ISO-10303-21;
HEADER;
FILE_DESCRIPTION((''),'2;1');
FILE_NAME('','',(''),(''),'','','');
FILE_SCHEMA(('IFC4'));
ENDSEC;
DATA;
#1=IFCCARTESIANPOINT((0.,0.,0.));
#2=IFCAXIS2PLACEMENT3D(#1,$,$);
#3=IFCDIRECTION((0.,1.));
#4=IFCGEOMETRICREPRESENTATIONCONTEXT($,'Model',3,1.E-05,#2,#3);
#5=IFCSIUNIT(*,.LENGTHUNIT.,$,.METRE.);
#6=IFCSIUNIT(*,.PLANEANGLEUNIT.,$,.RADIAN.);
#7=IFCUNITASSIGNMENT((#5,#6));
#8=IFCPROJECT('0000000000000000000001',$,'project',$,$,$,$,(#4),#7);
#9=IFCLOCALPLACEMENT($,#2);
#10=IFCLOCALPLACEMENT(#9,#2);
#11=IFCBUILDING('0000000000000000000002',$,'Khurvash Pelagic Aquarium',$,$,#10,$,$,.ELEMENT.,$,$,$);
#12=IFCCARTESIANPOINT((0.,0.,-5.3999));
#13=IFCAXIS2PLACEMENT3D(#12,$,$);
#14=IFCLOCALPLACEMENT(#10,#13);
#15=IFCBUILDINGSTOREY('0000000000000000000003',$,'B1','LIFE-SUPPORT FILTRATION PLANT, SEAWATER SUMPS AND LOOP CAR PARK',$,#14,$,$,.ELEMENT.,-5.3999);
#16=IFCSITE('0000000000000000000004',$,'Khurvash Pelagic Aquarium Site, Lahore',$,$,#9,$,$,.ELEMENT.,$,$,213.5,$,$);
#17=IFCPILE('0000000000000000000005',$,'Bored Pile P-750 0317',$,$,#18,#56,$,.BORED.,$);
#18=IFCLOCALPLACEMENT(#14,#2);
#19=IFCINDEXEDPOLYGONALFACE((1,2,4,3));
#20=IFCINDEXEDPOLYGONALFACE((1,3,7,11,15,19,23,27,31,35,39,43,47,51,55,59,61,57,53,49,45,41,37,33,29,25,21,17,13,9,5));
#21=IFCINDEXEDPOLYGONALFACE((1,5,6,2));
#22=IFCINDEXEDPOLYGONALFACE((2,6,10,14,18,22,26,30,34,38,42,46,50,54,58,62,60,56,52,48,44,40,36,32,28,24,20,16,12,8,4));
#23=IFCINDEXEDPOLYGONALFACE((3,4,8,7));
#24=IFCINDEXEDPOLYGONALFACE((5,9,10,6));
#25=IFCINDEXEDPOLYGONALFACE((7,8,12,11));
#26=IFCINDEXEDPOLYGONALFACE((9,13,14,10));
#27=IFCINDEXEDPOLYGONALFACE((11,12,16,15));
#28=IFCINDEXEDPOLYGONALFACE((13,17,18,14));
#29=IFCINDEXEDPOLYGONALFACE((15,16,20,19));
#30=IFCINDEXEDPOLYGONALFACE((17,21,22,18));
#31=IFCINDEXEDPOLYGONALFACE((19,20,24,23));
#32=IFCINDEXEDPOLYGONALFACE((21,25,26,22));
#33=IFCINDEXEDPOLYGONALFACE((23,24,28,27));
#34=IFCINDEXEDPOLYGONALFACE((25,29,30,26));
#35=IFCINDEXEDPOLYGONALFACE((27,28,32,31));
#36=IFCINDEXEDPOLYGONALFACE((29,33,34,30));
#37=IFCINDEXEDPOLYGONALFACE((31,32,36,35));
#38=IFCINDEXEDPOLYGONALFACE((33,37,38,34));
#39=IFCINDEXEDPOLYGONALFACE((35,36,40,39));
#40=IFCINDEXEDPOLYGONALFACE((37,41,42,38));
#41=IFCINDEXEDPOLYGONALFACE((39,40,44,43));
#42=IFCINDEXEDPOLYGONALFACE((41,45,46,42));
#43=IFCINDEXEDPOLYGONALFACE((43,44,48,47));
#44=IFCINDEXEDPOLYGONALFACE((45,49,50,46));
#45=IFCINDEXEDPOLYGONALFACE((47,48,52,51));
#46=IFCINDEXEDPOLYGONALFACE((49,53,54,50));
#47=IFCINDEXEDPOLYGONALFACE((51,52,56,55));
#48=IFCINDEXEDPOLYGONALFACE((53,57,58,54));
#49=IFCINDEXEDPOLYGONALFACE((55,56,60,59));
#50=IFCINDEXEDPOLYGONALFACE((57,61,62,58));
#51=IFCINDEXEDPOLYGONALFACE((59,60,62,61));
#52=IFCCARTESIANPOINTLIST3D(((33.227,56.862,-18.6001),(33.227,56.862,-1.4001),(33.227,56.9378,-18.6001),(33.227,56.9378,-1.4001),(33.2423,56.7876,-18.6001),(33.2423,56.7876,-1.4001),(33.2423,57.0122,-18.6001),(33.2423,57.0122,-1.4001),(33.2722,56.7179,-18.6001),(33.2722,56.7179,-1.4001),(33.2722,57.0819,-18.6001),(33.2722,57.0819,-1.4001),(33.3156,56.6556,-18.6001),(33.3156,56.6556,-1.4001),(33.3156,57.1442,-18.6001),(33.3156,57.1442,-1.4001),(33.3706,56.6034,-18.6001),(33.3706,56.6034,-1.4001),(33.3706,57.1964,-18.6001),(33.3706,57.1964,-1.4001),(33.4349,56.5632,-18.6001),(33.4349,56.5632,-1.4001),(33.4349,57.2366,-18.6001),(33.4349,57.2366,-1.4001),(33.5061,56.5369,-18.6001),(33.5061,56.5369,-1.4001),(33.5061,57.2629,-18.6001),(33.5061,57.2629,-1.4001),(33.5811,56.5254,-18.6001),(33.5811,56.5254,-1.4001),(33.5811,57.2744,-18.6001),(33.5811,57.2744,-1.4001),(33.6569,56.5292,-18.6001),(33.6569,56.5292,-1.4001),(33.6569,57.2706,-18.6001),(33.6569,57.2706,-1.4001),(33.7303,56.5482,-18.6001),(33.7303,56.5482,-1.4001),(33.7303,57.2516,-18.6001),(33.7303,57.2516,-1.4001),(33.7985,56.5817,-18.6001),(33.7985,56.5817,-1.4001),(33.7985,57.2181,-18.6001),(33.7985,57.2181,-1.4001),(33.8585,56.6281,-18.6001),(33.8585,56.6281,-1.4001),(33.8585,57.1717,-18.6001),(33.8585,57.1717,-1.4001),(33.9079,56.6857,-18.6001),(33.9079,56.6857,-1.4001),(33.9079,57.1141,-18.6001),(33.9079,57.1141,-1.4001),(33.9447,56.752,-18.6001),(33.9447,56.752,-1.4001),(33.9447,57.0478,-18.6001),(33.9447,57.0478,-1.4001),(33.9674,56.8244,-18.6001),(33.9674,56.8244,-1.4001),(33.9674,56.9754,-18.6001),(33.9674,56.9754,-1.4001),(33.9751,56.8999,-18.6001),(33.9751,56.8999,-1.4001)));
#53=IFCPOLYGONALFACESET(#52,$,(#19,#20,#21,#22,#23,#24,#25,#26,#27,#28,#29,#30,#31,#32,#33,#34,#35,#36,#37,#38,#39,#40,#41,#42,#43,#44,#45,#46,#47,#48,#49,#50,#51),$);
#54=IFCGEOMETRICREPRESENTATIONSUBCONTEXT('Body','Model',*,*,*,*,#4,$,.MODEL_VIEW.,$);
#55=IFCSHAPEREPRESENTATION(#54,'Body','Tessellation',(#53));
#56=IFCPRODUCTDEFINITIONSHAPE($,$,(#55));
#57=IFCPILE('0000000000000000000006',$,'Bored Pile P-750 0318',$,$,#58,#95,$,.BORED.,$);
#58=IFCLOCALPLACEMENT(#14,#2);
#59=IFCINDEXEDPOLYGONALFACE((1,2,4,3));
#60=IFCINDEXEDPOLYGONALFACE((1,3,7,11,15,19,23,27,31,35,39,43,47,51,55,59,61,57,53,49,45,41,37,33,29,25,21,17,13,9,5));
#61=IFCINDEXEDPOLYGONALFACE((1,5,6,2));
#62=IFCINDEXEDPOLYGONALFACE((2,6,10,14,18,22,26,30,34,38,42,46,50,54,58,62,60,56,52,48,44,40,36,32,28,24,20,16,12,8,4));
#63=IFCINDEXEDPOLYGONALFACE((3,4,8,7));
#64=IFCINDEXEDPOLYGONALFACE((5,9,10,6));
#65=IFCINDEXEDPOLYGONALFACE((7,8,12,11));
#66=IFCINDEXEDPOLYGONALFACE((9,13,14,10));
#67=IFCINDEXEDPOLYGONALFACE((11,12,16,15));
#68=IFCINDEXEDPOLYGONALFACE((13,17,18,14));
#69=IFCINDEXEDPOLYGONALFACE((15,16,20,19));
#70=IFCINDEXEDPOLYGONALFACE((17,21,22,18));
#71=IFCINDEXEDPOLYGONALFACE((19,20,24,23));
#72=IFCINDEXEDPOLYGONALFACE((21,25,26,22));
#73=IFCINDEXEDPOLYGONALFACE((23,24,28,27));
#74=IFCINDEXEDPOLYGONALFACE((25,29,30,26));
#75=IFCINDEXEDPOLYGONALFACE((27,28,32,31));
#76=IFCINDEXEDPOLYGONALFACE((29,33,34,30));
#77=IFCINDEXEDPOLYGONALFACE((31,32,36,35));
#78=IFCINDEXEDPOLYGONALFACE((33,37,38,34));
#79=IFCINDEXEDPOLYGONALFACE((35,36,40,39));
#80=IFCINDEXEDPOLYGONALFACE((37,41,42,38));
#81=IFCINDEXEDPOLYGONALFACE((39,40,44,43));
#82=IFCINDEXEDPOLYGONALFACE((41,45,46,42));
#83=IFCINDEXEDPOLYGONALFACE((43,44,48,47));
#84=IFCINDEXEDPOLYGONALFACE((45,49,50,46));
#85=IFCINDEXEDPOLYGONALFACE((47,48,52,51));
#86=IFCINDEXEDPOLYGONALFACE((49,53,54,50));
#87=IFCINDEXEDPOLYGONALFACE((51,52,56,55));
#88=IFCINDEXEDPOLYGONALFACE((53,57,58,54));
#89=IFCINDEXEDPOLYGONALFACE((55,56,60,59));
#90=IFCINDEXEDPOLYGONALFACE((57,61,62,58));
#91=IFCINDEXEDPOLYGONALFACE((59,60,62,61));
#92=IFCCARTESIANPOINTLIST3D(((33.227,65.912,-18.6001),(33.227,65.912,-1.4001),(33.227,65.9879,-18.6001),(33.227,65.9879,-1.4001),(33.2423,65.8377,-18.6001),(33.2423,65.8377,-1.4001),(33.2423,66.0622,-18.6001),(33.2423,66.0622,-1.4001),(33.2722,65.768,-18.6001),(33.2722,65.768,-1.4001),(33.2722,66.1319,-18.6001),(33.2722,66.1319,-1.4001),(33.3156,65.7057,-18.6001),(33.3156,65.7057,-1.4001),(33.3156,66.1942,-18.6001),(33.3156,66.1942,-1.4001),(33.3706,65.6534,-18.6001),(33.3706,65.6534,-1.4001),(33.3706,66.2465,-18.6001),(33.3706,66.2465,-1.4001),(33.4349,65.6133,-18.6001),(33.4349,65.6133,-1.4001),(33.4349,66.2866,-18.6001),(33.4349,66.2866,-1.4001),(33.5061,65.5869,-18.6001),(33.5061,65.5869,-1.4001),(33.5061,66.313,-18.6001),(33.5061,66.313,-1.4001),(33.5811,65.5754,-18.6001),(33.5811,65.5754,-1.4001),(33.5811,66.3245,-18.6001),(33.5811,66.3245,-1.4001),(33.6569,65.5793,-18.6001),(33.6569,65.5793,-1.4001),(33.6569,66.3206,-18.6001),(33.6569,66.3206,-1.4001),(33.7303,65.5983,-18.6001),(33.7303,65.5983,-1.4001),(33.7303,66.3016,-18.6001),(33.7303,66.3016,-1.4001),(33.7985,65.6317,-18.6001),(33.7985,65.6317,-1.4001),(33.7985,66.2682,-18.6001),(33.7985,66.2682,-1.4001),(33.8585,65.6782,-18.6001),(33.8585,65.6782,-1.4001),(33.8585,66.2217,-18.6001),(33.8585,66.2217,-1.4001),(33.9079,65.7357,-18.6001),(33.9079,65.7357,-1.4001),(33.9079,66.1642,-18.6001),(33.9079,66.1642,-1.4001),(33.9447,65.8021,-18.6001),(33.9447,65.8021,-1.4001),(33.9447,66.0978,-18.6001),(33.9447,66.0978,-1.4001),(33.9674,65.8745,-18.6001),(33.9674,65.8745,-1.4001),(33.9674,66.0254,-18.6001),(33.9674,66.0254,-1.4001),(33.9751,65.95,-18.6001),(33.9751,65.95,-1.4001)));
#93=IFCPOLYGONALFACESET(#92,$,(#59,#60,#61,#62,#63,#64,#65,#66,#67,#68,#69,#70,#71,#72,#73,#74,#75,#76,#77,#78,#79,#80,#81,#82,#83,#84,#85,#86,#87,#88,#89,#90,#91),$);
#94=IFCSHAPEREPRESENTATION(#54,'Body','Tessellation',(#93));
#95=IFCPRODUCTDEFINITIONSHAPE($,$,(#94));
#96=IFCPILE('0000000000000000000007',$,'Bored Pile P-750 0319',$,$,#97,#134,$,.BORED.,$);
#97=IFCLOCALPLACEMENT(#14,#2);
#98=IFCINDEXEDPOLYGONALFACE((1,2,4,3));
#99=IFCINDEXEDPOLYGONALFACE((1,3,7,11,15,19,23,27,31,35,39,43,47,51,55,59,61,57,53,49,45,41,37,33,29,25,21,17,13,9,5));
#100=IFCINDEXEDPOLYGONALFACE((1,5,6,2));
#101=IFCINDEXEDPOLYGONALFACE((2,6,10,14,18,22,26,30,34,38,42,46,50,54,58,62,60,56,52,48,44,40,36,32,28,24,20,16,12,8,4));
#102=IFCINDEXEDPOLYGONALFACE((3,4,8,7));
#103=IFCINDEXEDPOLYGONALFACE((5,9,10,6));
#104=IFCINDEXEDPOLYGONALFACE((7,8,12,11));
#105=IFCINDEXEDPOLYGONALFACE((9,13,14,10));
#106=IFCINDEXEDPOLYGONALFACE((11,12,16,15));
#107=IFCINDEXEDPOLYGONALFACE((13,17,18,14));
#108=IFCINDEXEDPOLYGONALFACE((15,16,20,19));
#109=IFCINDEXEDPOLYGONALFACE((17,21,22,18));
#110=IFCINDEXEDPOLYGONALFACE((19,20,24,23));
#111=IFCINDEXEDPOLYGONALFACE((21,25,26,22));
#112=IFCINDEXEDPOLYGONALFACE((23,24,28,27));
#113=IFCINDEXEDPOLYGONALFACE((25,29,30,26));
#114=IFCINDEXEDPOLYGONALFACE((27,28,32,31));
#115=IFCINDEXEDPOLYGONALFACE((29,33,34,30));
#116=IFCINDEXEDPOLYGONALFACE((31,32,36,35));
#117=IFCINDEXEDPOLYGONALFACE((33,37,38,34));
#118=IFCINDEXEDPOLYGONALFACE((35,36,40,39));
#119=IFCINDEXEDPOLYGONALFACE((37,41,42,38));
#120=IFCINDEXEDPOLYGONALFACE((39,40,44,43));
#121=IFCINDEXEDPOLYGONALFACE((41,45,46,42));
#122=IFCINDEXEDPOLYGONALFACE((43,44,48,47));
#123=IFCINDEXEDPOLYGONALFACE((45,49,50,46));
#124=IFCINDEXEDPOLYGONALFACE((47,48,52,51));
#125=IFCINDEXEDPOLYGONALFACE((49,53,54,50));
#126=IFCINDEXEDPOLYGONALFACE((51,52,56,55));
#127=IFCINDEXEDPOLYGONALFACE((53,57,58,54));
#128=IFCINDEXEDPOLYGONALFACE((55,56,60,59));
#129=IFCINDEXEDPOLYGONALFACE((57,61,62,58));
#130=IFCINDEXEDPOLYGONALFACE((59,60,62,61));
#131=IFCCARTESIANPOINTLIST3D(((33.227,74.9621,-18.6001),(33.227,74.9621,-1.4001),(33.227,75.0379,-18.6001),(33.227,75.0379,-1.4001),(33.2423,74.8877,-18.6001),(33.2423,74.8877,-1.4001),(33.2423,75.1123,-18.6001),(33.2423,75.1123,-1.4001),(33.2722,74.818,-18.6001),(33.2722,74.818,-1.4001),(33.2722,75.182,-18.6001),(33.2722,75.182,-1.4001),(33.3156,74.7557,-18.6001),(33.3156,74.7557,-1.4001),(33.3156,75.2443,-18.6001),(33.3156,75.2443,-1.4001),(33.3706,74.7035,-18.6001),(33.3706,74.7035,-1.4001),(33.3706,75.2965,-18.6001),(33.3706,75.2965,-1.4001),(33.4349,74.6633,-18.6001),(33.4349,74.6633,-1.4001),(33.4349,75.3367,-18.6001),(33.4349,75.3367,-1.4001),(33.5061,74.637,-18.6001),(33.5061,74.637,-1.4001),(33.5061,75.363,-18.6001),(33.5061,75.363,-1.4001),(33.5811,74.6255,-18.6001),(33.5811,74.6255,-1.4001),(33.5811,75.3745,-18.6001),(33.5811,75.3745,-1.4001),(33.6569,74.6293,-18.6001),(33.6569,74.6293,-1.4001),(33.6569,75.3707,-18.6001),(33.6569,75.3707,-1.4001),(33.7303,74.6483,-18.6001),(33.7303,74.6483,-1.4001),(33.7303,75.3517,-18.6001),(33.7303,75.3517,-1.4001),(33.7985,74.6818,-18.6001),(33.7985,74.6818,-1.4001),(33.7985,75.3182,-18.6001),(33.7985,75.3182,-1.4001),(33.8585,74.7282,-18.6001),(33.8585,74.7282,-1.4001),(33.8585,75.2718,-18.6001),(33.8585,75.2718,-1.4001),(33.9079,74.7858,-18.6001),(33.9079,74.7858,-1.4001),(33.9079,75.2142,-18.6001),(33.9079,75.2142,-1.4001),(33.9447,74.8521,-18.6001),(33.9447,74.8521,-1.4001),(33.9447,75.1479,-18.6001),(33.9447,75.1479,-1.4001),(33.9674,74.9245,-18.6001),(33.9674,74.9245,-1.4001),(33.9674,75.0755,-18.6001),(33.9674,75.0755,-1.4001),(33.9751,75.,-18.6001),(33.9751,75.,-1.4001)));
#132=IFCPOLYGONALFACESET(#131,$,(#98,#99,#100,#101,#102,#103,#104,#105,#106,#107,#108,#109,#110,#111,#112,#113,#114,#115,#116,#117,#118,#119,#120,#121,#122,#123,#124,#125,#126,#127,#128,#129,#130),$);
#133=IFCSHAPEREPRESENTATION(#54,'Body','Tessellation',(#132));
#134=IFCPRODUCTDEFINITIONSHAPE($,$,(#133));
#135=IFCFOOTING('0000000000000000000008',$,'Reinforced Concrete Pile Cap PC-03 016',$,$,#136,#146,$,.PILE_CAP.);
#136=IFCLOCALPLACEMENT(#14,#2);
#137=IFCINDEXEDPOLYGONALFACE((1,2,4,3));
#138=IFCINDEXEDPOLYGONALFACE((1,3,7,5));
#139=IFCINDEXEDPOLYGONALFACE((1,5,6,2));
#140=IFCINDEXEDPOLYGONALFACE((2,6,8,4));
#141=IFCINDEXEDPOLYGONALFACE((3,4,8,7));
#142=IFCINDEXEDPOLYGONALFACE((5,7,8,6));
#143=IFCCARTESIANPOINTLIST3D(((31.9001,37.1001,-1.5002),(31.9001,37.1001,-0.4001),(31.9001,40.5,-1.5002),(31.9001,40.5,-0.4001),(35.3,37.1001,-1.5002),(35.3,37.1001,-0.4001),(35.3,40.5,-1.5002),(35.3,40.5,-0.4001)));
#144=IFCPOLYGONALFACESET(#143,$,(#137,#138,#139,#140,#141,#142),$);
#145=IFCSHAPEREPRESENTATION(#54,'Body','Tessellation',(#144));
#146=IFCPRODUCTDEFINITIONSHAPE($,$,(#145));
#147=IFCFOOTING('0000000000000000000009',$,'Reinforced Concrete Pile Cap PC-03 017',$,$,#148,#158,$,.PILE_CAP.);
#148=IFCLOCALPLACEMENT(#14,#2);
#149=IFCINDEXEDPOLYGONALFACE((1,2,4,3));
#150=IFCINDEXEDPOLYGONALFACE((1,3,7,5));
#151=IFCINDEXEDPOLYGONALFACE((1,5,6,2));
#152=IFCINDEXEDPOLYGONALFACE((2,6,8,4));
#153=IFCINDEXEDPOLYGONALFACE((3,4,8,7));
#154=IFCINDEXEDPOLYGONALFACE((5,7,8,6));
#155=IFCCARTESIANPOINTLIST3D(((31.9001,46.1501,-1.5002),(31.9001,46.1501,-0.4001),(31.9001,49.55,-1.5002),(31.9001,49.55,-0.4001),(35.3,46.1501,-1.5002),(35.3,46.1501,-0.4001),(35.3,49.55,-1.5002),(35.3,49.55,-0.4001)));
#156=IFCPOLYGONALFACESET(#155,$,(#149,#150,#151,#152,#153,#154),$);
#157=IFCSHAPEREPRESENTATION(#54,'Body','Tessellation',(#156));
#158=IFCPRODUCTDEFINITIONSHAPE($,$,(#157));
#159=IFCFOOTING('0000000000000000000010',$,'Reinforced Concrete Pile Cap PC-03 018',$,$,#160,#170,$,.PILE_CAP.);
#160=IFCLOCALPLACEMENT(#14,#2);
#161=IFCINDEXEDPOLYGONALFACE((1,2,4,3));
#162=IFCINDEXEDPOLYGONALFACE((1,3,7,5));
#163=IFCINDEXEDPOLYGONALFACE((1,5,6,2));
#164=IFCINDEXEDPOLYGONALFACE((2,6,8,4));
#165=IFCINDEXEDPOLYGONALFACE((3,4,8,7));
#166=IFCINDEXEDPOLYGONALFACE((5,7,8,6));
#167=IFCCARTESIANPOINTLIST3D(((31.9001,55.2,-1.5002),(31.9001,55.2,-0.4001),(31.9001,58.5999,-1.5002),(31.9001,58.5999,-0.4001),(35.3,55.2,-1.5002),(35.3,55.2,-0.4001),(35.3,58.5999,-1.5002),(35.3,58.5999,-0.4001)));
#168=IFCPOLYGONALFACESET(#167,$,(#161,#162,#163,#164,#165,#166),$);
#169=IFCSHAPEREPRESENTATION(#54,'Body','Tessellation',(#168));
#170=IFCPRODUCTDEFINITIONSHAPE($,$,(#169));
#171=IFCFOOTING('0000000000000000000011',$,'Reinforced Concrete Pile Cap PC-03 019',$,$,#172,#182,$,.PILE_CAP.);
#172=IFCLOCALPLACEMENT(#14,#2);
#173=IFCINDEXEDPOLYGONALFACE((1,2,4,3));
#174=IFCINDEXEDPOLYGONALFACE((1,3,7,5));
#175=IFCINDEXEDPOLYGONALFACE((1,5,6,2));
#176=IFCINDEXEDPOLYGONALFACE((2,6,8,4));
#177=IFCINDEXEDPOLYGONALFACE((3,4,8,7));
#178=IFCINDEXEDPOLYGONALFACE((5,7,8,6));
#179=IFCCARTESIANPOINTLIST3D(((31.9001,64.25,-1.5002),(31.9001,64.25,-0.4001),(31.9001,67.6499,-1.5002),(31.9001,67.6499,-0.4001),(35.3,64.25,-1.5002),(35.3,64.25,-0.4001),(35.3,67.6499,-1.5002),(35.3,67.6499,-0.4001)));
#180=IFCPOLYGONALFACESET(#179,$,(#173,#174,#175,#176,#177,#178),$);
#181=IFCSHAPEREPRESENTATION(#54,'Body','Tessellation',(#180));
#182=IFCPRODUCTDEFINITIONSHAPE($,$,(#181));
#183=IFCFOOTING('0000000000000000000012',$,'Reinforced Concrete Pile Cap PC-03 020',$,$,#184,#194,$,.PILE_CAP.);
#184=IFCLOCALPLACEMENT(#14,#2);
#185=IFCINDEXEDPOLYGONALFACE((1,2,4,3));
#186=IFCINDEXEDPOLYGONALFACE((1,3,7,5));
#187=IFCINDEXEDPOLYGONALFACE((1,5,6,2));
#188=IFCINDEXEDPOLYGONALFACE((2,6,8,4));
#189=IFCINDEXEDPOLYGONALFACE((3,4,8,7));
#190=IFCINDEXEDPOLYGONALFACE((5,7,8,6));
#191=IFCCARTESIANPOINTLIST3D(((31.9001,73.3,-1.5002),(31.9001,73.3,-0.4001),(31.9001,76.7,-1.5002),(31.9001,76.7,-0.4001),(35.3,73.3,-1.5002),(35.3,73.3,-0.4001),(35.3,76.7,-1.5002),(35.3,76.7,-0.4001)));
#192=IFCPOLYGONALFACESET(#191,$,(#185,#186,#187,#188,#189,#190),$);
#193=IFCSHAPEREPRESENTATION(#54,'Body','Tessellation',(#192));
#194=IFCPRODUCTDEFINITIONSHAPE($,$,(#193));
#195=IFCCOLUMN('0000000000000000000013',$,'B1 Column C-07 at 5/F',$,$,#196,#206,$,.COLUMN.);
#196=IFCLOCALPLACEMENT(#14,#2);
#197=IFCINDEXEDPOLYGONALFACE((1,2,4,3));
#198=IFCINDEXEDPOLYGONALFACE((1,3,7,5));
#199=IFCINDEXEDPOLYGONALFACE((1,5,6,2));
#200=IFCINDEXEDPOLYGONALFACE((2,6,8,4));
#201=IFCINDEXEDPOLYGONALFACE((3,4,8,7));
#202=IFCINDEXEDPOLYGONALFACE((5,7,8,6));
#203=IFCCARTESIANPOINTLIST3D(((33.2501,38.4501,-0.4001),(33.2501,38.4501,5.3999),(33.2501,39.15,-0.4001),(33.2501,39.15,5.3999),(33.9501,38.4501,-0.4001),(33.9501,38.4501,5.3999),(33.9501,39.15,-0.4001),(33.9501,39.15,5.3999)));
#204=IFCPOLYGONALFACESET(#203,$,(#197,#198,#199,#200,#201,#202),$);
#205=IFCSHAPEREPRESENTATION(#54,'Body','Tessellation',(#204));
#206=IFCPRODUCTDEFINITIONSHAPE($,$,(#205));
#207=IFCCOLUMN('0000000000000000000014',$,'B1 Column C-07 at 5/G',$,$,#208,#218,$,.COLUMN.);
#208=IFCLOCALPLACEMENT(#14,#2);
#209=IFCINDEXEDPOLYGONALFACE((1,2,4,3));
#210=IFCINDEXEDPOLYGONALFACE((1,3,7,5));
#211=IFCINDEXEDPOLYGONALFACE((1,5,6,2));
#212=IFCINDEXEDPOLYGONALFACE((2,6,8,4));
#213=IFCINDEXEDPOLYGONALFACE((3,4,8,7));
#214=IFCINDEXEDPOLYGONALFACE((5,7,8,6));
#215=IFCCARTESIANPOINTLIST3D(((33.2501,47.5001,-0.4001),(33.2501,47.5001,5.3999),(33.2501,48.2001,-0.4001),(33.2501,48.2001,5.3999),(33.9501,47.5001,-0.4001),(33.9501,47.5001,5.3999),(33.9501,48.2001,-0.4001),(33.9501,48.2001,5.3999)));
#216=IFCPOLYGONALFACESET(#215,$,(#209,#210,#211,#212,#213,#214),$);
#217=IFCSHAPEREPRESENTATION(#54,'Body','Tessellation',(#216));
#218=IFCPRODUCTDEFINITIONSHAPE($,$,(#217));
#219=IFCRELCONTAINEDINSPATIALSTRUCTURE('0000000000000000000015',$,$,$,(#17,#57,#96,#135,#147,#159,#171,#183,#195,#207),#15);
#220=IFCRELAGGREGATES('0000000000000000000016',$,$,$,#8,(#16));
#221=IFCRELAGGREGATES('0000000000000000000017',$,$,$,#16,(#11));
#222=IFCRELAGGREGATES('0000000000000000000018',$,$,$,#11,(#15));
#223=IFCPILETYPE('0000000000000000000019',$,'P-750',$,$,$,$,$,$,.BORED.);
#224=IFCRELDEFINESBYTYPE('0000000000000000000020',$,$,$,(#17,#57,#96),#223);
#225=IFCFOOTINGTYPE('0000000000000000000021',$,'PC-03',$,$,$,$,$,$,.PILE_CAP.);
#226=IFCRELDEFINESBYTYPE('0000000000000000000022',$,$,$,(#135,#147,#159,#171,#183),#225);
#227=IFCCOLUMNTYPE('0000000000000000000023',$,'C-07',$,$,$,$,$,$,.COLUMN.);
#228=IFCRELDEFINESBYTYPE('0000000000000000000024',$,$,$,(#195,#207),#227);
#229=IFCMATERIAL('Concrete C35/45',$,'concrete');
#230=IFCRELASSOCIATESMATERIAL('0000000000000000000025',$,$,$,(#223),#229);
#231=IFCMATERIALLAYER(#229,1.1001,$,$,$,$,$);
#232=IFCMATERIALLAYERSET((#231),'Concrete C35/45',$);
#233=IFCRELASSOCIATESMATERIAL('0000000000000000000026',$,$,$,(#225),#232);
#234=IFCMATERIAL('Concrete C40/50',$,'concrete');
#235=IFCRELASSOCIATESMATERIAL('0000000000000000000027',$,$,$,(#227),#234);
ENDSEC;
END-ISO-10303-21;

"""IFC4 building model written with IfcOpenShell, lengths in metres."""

from ifc_helpers import new_model, si_unit, direction, frame, origin, origin_2d, place, context, subcontext, project, spatial, rectangle, circle, extrude, material, layer, layer_set, material_profile, profile_set, type_object, element, save


model = new_model("IFC4")

# Units and contexts
model_context = context("Model", 3, precision=1e-05, world=origin(), true_north=direction((0.0, 1.0)))
body_context = subcontext(model_context, "Body", "Model", "MODEL_VIEW")
ifc_project = project(units=[si_unit("LENGTHUNIT", "METRE"), si_unit("PLANEANGLEUNIT", "RADIAN")], contexts=[model_context])

# Site, building, storey
site_placement = place(None, origin())
site = spatial("IfcSite", under=ifc_project, at=site_placement, Name="Khurvash Pelagic Aquarium Site, Lahore", CompositionType="ELEMENT", RefElevation=213.5)
building_placement = place(site_placement, origin())
building = spatial("IfcBuilding", under=site, at=building_placement, Name="Khurvash Pelagic Aquarium", CompositionType="ELEMENT")
storey_placement = place(building_placement, frame((0.0, 0.0, -5.3999)))
storey = spatial("IfcBuildingStorey", under=building, at=storey_placement, Name="B1", Description="LIFE-SUPPORT FILTRATION PLANT, SEAWATER SUMPS AND LOOP CAR PARK", CompositionType="ELEMENT", Elevation=-5.3999)

# Shared definitions
ifc_material_1 = material(Name="Concrete C35/45", Category="concrete")

# Piles
ifc_material_profile_1 = material_profile(ifc_material_1, circle(Radius=0.375, at=origin_2d()), Name="PILE750")
ifc_profile_set_1 = profile_set([ifc_material_profile_1], Name="Concrete C35/45")
pile_type = type_object("IfcPileType", Name="P-750", PredefinedType="BORED", material=ifc_profile_set_1)
for number, where, z_axis, x_axis, name in (
    (1, (33.6001, 56.8999, -1.4001), (0.0, 0.0, -1.0), (1.0, 0.0, 0.0), "Bored Pile P-750 0317"),
    (2, (33.6001, 65.95, -1.4001), (0.0, 0.0, -1.0), (1.0, 0.0, 0.0), "Bored Pile P-750 0318"),
    (3, (33.6001, 75.0, -1.4001), (0.0, 0.0, -1.0), (1.0, 0.0, 0.0), "Bored Pile P-750 0319"),
):
    element("IfcPile", number, at=place(storey_placement, frame(where, z_axis=z_axis, x_axis=x_axis)), inside=storey, type_object=pile_type, Name=name, PredefinedType="BORED", context=body_context, shape_type="SweptSolid", body=[
        extrude(circle(Radius=0.375, at=origin_2d()), origin(), (0.0, 0.0, 1.0), 17.2),
    ])

# Footings
ifc_layer_1 = layer(ifc_material_1, 1.1001)
ifc_layer_set_1 = layer_set([ifc_layer_1], Name="Concrete C35/45")
footing_type_1 = type_object("IfcFootingType", Name="PC-03", PredefinedType="PILE_CAP", material=ifc_layer_set_1)
for number, where, z_axis, x_axis, name in (
    (4, (33.6001, 38.8, -1.5002), (0.0, 0.0, 1.0), (1.0, 0.0, 0.0), "Reinforced Concrete Pile Cap PC-03 016"),
    (5, (33.6001, 47.8501, -1.5002), (0.0, 0.0, 1.0), (1.0, 0.0, 0.0), "Reinforced Concrete Pile Cap PC-03 017"),
    (6, (33.6001, 56.8999, -1.5002), (0.0, 0.0, 1.0), (1.0, 0.0, 0.0), "Reinforced Concrete Pile Cap PC-03 018"),
    (7, (33.6001, 65.95, -1.5002), (0.0, 0.0, 1.0), (1.0, 0.0, 0.0), "Reinforced Concrete Pile Cap PC-03 019"),
    (8, (33.6001, 75.0, -1.5002), (0.0, 0.0, 1.0), (1.0, 0.0, 0.0), "Reinforced Concrete Pile Cap PC-03 020"),
):
    element("IfcFooting", number, at=place(storey_placement, frame(where, z_axis=z_axis, x_axis=x_axis)), inside=storey, type_object=footing_type_1, Name=name, PredefinedType="PILE_CAP", context=body_context, shape_type="SweptSolid", body=[
        extrude(rectangle(XDim=3.3999, YDim=3.3999, at=origin_2d()), origin(), (0.0, 0.0, 1.0), 1.1001),
    ])

# Columns
ifc_material_2 = material(Name="Concrete C40/50", Category="concrete")
ifc_material_profile_2 = material_profile(ifc_material_2, rectangle(XDim=0.7, YDim=0.7, at=origin_2d()), Name="RC700X700")
ifc_profile_set_2 = profile_set([ifc_material_profile_2], Name="Concrete C40/50")
column_type = type_object("IfcColumnType", Name="C-07", PredefinedType="COLUMN", material=ifc_profile_set_2)
for number, where, z_axis, x_axis, name in (
    (9, (33.6001, 38.8, -0.4001), (0.0, 0.0, 1.0), (1.0, 0.0, 0.0), "B1 Column C-07 at 5/F"),
    (10, (33.6001, 47.8501, -0.4001), (0.0, 0.0, 1.0), (1.0, 0.0, 0.0), "B1 Column C-07 at 5/G"),
):
    element("IfcColumn", number, at=place(storey_placement, frame(where, z_axis=z_axis, x_axis=x_axis)), inside=storey, type_object=column_type, Name=name, PredefinedType="COLUMN", context=body_context, shape_type="SweptSolid", body=[
        extrude(rectangle(XDim=0.7, YDim=0.7, at=origin_2d()), origin(), (0.0, 0.0, 1.0), 5.8),
    ])

save(model, "model.ifc")
